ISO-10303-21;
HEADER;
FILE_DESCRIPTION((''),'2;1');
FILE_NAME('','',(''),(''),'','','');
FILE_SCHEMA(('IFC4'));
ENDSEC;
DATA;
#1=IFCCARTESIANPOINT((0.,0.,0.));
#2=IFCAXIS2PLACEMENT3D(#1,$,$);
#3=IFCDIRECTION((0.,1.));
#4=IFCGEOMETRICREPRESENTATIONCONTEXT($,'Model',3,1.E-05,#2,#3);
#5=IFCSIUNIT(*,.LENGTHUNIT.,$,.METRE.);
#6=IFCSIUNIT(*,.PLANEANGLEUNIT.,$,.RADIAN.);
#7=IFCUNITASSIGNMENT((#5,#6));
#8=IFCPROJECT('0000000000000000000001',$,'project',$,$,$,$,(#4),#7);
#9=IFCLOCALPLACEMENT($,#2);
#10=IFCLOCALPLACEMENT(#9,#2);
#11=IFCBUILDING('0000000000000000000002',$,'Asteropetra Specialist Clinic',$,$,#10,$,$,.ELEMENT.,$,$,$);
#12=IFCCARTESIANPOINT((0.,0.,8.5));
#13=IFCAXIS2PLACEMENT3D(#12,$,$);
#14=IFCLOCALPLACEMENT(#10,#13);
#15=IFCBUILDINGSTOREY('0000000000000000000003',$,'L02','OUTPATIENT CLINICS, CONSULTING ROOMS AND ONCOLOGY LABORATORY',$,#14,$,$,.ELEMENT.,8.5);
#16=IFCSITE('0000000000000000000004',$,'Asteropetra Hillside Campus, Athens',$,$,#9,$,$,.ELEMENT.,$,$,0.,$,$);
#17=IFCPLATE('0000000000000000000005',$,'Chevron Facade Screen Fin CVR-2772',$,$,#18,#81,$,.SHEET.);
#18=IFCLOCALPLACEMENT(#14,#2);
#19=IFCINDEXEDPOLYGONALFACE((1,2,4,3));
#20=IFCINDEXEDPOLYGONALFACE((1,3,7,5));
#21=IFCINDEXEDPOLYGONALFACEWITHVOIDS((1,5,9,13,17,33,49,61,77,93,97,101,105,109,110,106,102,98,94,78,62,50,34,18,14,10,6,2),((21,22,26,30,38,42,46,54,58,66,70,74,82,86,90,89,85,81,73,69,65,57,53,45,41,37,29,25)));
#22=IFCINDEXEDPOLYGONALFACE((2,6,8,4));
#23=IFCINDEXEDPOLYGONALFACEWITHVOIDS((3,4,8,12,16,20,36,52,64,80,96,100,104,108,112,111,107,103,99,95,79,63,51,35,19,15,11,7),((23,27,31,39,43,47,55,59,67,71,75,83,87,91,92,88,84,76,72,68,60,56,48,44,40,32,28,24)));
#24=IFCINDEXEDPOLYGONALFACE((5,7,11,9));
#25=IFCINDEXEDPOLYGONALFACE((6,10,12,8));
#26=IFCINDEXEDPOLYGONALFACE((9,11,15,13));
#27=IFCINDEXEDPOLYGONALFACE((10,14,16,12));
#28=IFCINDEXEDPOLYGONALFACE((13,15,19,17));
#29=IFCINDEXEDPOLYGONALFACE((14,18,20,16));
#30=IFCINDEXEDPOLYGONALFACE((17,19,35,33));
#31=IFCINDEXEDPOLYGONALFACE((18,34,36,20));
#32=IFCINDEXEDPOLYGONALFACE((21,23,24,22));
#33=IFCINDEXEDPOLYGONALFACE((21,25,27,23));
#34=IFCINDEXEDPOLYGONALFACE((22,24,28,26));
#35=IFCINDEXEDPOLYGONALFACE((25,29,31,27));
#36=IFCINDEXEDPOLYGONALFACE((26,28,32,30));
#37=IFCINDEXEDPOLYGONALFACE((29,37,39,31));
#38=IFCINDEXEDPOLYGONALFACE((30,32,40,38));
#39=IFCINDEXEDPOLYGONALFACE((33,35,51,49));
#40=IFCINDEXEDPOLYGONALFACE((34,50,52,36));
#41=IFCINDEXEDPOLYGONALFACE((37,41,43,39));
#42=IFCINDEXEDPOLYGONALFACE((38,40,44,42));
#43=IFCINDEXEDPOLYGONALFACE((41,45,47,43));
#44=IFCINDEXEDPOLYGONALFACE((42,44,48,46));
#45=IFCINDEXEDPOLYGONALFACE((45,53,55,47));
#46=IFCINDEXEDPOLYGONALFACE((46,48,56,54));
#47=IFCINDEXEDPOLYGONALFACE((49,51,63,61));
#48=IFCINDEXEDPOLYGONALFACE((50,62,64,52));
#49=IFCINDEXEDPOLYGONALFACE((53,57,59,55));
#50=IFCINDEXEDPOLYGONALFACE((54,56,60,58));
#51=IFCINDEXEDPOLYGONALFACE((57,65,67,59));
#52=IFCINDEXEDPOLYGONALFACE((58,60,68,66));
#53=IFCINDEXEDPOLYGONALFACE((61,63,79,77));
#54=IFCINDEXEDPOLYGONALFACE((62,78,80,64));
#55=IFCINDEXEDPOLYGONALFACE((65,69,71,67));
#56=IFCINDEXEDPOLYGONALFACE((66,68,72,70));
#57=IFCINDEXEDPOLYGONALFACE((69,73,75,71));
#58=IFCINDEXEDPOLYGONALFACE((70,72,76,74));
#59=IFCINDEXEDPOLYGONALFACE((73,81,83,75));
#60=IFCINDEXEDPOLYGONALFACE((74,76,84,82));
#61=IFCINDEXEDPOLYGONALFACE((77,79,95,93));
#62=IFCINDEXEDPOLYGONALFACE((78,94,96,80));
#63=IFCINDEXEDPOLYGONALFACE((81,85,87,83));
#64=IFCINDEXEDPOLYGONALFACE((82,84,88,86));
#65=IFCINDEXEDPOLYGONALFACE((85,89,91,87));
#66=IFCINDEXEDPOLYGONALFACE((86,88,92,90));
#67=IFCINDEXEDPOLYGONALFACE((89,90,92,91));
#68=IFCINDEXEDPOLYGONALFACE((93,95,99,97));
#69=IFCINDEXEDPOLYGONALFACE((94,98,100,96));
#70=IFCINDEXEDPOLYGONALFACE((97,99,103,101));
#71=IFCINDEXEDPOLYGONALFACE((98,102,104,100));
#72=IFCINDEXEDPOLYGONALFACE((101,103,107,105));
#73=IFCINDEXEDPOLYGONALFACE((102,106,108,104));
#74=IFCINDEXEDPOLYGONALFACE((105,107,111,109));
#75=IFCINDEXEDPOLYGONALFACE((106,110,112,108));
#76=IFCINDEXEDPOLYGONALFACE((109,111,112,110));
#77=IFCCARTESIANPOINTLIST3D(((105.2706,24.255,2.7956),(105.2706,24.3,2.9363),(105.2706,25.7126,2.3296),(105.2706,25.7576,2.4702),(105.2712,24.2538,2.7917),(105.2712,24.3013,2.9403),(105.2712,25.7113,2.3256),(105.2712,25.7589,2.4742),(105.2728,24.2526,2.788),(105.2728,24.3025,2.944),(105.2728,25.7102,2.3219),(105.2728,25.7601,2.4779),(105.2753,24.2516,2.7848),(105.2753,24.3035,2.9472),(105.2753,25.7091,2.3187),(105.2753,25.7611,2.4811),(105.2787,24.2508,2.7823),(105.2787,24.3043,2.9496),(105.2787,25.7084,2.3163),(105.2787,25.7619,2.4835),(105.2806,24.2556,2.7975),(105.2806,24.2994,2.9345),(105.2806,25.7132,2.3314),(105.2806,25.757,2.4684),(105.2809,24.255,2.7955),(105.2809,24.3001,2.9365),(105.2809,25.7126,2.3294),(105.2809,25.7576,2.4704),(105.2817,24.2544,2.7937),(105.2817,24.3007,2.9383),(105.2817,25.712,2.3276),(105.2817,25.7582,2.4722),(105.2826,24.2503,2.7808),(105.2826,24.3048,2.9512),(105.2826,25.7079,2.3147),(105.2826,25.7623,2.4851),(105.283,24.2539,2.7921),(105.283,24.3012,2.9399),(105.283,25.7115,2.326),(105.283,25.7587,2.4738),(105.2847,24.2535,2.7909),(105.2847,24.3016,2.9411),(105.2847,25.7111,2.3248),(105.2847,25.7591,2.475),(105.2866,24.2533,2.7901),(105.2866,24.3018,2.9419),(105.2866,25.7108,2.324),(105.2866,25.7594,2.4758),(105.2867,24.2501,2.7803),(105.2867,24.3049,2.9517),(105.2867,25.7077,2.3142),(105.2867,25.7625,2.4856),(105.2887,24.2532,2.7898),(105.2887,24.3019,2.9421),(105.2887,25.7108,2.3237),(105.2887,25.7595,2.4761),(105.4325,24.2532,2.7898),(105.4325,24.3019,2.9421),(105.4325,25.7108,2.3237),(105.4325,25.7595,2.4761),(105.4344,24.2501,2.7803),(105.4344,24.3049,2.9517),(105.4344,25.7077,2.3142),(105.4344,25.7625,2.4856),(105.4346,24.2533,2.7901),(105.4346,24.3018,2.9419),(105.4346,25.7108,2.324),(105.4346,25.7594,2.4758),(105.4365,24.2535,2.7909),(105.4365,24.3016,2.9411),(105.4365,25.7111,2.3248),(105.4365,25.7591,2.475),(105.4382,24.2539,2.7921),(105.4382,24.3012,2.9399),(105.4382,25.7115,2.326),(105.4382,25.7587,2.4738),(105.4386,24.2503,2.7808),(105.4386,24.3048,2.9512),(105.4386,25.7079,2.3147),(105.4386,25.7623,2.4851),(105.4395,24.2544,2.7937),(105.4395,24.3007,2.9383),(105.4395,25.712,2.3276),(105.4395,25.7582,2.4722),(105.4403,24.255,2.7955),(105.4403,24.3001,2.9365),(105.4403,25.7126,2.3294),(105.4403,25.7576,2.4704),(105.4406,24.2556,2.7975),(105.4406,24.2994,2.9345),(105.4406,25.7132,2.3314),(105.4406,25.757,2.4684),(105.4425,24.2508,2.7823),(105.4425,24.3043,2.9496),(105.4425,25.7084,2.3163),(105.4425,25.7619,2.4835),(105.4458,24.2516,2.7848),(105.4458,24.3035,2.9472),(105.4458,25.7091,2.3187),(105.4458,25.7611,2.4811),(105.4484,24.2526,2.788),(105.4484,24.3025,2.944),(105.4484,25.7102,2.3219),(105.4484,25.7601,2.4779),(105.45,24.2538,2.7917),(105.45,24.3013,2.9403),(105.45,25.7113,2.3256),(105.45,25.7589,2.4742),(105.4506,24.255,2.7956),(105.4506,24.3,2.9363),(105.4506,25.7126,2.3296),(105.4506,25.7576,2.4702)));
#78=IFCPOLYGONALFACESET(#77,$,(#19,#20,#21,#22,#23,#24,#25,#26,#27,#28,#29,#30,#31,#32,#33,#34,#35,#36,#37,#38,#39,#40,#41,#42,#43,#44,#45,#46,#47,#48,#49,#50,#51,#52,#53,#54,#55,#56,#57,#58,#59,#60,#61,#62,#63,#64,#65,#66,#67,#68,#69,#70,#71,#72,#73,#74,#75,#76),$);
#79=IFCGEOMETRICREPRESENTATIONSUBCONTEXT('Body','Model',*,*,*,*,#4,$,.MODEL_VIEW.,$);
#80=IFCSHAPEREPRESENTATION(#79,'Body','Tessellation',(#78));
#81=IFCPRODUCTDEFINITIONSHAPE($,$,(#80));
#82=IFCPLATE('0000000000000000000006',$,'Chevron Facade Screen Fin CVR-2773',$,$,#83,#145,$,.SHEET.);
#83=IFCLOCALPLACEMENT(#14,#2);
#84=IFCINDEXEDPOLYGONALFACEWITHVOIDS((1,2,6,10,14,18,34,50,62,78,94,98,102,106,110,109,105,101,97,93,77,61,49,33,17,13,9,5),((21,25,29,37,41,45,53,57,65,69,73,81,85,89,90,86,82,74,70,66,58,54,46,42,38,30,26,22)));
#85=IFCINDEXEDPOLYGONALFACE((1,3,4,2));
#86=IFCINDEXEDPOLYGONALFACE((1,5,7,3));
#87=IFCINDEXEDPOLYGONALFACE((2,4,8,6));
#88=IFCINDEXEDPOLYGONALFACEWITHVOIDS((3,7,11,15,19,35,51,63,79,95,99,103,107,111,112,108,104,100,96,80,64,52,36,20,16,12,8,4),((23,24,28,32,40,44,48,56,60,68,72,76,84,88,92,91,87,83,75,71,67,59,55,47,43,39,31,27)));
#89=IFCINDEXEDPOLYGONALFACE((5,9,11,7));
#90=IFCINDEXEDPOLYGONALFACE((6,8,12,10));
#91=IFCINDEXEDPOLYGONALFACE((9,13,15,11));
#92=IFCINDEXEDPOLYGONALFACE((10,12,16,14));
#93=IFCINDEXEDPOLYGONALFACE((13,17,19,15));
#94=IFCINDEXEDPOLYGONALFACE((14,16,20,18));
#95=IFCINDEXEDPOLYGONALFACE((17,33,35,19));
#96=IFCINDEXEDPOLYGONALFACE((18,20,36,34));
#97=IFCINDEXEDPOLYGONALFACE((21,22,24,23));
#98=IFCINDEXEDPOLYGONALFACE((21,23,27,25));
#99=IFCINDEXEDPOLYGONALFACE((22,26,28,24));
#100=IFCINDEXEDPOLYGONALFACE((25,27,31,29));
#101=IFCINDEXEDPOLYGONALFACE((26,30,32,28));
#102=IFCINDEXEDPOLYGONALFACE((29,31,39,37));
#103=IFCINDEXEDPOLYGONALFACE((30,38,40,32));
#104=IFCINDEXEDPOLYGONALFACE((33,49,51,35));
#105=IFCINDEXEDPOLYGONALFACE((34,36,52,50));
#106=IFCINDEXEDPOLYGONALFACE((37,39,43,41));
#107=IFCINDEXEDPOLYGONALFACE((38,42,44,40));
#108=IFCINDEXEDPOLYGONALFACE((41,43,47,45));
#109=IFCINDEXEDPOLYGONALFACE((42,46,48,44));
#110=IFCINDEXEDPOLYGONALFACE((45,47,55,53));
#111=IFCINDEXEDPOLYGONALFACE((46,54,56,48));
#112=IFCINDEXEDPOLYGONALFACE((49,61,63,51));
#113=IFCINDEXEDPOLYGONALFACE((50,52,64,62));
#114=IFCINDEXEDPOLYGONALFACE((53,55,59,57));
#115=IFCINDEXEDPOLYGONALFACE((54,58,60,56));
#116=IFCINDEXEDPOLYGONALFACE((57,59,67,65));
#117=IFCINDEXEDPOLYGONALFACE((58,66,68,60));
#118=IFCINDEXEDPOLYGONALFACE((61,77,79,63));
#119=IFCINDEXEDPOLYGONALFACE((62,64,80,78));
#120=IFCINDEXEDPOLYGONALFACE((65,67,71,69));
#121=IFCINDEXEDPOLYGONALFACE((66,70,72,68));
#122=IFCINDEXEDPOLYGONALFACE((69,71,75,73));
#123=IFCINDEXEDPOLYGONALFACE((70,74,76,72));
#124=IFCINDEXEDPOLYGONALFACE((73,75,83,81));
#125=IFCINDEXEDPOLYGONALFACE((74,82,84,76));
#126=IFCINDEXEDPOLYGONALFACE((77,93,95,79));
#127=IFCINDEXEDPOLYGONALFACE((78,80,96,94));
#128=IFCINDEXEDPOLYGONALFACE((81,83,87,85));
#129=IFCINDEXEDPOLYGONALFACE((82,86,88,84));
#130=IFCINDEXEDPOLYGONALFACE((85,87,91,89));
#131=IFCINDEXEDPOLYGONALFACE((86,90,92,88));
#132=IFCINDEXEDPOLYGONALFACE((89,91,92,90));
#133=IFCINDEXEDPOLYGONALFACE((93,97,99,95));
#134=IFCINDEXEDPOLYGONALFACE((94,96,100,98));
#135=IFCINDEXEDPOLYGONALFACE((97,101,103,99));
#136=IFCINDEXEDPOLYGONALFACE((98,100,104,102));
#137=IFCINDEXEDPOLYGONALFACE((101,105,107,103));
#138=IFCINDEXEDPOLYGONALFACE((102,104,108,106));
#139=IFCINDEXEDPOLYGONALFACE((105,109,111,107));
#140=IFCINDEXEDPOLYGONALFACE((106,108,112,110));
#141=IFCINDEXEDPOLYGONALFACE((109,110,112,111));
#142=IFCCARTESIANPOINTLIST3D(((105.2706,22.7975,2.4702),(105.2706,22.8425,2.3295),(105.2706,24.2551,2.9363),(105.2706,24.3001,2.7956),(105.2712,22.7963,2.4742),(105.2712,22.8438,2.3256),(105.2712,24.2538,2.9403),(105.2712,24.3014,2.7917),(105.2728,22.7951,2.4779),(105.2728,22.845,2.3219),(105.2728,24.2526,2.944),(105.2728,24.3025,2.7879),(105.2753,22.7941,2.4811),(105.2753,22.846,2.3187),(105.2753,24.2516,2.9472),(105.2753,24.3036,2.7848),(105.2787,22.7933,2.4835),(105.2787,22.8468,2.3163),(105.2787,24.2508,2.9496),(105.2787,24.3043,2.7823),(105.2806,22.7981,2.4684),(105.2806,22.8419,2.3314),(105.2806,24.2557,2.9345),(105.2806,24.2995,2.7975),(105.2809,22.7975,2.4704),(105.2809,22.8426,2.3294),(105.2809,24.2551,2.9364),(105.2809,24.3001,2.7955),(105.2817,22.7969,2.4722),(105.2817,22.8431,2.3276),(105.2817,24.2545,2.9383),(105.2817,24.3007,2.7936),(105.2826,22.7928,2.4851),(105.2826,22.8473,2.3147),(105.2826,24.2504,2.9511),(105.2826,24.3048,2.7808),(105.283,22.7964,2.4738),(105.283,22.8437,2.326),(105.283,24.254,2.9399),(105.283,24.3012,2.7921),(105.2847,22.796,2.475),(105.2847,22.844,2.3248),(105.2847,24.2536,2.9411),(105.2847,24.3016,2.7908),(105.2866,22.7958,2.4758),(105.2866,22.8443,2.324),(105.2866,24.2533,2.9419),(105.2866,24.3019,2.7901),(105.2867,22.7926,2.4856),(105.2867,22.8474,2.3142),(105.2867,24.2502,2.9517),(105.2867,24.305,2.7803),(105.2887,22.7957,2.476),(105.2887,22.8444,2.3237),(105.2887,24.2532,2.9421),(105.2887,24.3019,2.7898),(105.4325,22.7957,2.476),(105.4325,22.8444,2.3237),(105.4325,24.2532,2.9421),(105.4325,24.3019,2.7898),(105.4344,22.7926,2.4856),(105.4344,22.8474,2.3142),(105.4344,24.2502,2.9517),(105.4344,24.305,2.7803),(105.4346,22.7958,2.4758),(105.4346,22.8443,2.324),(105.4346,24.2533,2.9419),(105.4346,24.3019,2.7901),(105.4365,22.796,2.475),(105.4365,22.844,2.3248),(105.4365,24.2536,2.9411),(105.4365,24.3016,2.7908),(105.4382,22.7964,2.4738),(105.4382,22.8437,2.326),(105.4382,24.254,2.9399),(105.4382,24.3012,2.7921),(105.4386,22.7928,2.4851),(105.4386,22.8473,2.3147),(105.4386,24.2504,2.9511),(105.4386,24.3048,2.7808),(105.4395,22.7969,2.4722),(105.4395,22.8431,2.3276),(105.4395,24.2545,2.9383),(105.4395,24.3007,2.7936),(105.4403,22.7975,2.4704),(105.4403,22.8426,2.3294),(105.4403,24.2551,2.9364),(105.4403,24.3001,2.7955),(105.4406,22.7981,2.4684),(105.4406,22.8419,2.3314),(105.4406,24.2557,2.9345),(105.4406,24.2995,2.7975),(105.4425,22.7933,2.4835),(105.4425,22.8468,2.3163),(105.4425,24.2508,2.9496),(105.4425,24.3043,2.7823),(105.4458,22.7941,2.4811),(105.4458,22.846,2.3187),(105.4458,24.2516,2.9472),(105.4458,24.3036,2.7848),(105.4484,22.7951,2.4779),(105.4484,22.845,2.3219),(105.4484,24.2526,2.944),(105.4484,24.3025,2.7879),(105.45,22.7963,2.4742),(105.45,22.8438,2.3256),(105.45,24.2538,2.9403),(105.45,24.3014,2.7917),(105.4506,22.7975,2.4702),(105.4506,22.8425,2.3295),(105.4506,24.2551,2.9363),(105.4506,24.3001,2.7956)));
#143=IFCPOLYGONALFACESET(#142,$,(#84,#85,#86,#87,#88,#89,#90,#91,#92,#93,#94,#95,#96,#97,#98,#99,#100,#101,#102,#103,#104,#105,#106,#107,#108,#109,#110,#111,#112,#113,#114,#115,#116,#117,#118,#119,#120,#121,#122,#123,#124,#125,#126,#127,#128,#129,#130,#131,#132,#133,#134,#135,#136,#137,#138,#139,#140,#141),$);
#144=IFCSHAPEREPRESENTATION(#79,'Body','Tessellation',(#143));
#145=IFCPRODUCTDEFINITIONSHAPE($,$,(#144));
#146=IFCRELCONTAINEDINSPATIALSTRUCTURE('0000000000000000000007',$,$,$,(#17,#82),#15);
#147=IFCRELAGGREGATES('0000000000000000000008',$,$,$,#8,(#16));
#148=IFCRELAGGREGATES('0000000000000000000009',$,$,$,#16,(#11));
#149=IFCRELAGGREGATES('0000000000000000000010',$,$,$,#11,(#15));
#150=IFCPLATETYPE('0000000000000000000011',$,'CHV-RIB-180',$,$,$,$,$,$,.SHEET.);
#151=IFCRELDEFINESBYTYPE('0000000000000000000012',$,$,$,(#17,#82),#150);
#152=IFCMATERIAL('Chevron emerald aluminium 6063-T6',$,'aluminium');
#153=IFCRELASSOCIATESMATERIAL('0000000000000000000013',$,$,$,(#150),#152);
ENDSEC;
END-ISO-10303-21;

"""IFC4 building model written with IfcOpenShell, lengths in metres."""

from ifc_helpers import new_model, si_unit, direction, frame, origin, origin_2d, place, context, subcontext, project, spatial, hollow_rectangle, extrude, material, material_profile, profile_set, type_object, element, save


model = new_model("IFC4")

# Units and contexts
model_context = context("Model", 3, precision=1e-05, world=origin(), true_north=direction((0.0, 1.0)))
body_context = subcontext(model_context, "Body", "Model", "MODEL_VIEW")
ifc_project = project(units=[si_unit("LENGTHUNIT", "METRE"), si_unit("PLANEANGLEUNIT", "RADIAN")], contexts=[model_context])

# Site, building, storey
site_placement = place(None, origin())
site = spatial("IfcSite", under=ifc_project, at=site_placement, Name="Asteropetra Hillside Campus, Athens", CompositionType="ELEMENT", RefElevation=0.0)
building_placement = place(site_placement, origin())
building = spatial("IfcBuilding", under=site, at=building_placement, Name="Asteropetra Specialist Clinic", CompositionType="ELEMENT")
storey_placement = place(building_placement, frame((0.0, 0.0, 8.5)))
storey = spatial("IfcBuildingStorey", under=building, at=storey_placement, Name="L02", Description="OUTPATIENT CLINICS, CONSULTING ROOMS AND ONCOLOGY LABORATORY", CompositionType="ELEMENT", Elevation=8.5)

# Plates
ifc_material_1 = material(Name="Chevron emerald aluminium 6063-T6", Category="aluminium")
ifc_material_profile = material_profile(ifc_material_1, hollow_rectangle(XDim=0.1799, YDim=0.1799, WallThickness=0.01, InnerFilletRadius=0.0081, OuterFilletRadius=0.0161, at=origin_2d()), Name="SHS 180x180x10.0")
ifc_profile_set = profile_set([ifc_material_profile], Name="Chevron emerald aluminium 6063-T6")
plate_type = type_object("IfcPlateType", Name="CHV-RIB-180", PredefinedType="SHEET", material=ifc_profile_set)
for number, where, z_axis, x_axis, name in (
    (1, (105.3606, 25.7351, 2.3999), (0.0, -0.952489, 0.304573), (1.0, 0.0, 0.0), "Chevron Facade Screen Fin CVR-2772"),
    (2, (105.3606, 24.2776, 2.866), (0.0, -0.952489, -0.304573), (1.0, 0.0, 0.0), "Chevron Facade Screen Fin CVR-2773"),
):
    element("IfcPlate", number, at=place(storey_placement, frame(where, z_axis=z_axis, x_axis=x_axis)), inside=storey, type_object=plate_type, Name=name, PredefinedType="SHEET", context=body_context, shape_type="SweptSolid", body=[
        extrude(hollow_rectangle(XDim=0.1799, YDim=0.1799, WallThickness=0.01, InnerFilletRadius=0.0081, OuterFilletRadius=0.0161, at=origin_2d()), origin(), (0.0, 0.0, 1.0), 1.5303),
    ])

save(model, "model.ifc")
